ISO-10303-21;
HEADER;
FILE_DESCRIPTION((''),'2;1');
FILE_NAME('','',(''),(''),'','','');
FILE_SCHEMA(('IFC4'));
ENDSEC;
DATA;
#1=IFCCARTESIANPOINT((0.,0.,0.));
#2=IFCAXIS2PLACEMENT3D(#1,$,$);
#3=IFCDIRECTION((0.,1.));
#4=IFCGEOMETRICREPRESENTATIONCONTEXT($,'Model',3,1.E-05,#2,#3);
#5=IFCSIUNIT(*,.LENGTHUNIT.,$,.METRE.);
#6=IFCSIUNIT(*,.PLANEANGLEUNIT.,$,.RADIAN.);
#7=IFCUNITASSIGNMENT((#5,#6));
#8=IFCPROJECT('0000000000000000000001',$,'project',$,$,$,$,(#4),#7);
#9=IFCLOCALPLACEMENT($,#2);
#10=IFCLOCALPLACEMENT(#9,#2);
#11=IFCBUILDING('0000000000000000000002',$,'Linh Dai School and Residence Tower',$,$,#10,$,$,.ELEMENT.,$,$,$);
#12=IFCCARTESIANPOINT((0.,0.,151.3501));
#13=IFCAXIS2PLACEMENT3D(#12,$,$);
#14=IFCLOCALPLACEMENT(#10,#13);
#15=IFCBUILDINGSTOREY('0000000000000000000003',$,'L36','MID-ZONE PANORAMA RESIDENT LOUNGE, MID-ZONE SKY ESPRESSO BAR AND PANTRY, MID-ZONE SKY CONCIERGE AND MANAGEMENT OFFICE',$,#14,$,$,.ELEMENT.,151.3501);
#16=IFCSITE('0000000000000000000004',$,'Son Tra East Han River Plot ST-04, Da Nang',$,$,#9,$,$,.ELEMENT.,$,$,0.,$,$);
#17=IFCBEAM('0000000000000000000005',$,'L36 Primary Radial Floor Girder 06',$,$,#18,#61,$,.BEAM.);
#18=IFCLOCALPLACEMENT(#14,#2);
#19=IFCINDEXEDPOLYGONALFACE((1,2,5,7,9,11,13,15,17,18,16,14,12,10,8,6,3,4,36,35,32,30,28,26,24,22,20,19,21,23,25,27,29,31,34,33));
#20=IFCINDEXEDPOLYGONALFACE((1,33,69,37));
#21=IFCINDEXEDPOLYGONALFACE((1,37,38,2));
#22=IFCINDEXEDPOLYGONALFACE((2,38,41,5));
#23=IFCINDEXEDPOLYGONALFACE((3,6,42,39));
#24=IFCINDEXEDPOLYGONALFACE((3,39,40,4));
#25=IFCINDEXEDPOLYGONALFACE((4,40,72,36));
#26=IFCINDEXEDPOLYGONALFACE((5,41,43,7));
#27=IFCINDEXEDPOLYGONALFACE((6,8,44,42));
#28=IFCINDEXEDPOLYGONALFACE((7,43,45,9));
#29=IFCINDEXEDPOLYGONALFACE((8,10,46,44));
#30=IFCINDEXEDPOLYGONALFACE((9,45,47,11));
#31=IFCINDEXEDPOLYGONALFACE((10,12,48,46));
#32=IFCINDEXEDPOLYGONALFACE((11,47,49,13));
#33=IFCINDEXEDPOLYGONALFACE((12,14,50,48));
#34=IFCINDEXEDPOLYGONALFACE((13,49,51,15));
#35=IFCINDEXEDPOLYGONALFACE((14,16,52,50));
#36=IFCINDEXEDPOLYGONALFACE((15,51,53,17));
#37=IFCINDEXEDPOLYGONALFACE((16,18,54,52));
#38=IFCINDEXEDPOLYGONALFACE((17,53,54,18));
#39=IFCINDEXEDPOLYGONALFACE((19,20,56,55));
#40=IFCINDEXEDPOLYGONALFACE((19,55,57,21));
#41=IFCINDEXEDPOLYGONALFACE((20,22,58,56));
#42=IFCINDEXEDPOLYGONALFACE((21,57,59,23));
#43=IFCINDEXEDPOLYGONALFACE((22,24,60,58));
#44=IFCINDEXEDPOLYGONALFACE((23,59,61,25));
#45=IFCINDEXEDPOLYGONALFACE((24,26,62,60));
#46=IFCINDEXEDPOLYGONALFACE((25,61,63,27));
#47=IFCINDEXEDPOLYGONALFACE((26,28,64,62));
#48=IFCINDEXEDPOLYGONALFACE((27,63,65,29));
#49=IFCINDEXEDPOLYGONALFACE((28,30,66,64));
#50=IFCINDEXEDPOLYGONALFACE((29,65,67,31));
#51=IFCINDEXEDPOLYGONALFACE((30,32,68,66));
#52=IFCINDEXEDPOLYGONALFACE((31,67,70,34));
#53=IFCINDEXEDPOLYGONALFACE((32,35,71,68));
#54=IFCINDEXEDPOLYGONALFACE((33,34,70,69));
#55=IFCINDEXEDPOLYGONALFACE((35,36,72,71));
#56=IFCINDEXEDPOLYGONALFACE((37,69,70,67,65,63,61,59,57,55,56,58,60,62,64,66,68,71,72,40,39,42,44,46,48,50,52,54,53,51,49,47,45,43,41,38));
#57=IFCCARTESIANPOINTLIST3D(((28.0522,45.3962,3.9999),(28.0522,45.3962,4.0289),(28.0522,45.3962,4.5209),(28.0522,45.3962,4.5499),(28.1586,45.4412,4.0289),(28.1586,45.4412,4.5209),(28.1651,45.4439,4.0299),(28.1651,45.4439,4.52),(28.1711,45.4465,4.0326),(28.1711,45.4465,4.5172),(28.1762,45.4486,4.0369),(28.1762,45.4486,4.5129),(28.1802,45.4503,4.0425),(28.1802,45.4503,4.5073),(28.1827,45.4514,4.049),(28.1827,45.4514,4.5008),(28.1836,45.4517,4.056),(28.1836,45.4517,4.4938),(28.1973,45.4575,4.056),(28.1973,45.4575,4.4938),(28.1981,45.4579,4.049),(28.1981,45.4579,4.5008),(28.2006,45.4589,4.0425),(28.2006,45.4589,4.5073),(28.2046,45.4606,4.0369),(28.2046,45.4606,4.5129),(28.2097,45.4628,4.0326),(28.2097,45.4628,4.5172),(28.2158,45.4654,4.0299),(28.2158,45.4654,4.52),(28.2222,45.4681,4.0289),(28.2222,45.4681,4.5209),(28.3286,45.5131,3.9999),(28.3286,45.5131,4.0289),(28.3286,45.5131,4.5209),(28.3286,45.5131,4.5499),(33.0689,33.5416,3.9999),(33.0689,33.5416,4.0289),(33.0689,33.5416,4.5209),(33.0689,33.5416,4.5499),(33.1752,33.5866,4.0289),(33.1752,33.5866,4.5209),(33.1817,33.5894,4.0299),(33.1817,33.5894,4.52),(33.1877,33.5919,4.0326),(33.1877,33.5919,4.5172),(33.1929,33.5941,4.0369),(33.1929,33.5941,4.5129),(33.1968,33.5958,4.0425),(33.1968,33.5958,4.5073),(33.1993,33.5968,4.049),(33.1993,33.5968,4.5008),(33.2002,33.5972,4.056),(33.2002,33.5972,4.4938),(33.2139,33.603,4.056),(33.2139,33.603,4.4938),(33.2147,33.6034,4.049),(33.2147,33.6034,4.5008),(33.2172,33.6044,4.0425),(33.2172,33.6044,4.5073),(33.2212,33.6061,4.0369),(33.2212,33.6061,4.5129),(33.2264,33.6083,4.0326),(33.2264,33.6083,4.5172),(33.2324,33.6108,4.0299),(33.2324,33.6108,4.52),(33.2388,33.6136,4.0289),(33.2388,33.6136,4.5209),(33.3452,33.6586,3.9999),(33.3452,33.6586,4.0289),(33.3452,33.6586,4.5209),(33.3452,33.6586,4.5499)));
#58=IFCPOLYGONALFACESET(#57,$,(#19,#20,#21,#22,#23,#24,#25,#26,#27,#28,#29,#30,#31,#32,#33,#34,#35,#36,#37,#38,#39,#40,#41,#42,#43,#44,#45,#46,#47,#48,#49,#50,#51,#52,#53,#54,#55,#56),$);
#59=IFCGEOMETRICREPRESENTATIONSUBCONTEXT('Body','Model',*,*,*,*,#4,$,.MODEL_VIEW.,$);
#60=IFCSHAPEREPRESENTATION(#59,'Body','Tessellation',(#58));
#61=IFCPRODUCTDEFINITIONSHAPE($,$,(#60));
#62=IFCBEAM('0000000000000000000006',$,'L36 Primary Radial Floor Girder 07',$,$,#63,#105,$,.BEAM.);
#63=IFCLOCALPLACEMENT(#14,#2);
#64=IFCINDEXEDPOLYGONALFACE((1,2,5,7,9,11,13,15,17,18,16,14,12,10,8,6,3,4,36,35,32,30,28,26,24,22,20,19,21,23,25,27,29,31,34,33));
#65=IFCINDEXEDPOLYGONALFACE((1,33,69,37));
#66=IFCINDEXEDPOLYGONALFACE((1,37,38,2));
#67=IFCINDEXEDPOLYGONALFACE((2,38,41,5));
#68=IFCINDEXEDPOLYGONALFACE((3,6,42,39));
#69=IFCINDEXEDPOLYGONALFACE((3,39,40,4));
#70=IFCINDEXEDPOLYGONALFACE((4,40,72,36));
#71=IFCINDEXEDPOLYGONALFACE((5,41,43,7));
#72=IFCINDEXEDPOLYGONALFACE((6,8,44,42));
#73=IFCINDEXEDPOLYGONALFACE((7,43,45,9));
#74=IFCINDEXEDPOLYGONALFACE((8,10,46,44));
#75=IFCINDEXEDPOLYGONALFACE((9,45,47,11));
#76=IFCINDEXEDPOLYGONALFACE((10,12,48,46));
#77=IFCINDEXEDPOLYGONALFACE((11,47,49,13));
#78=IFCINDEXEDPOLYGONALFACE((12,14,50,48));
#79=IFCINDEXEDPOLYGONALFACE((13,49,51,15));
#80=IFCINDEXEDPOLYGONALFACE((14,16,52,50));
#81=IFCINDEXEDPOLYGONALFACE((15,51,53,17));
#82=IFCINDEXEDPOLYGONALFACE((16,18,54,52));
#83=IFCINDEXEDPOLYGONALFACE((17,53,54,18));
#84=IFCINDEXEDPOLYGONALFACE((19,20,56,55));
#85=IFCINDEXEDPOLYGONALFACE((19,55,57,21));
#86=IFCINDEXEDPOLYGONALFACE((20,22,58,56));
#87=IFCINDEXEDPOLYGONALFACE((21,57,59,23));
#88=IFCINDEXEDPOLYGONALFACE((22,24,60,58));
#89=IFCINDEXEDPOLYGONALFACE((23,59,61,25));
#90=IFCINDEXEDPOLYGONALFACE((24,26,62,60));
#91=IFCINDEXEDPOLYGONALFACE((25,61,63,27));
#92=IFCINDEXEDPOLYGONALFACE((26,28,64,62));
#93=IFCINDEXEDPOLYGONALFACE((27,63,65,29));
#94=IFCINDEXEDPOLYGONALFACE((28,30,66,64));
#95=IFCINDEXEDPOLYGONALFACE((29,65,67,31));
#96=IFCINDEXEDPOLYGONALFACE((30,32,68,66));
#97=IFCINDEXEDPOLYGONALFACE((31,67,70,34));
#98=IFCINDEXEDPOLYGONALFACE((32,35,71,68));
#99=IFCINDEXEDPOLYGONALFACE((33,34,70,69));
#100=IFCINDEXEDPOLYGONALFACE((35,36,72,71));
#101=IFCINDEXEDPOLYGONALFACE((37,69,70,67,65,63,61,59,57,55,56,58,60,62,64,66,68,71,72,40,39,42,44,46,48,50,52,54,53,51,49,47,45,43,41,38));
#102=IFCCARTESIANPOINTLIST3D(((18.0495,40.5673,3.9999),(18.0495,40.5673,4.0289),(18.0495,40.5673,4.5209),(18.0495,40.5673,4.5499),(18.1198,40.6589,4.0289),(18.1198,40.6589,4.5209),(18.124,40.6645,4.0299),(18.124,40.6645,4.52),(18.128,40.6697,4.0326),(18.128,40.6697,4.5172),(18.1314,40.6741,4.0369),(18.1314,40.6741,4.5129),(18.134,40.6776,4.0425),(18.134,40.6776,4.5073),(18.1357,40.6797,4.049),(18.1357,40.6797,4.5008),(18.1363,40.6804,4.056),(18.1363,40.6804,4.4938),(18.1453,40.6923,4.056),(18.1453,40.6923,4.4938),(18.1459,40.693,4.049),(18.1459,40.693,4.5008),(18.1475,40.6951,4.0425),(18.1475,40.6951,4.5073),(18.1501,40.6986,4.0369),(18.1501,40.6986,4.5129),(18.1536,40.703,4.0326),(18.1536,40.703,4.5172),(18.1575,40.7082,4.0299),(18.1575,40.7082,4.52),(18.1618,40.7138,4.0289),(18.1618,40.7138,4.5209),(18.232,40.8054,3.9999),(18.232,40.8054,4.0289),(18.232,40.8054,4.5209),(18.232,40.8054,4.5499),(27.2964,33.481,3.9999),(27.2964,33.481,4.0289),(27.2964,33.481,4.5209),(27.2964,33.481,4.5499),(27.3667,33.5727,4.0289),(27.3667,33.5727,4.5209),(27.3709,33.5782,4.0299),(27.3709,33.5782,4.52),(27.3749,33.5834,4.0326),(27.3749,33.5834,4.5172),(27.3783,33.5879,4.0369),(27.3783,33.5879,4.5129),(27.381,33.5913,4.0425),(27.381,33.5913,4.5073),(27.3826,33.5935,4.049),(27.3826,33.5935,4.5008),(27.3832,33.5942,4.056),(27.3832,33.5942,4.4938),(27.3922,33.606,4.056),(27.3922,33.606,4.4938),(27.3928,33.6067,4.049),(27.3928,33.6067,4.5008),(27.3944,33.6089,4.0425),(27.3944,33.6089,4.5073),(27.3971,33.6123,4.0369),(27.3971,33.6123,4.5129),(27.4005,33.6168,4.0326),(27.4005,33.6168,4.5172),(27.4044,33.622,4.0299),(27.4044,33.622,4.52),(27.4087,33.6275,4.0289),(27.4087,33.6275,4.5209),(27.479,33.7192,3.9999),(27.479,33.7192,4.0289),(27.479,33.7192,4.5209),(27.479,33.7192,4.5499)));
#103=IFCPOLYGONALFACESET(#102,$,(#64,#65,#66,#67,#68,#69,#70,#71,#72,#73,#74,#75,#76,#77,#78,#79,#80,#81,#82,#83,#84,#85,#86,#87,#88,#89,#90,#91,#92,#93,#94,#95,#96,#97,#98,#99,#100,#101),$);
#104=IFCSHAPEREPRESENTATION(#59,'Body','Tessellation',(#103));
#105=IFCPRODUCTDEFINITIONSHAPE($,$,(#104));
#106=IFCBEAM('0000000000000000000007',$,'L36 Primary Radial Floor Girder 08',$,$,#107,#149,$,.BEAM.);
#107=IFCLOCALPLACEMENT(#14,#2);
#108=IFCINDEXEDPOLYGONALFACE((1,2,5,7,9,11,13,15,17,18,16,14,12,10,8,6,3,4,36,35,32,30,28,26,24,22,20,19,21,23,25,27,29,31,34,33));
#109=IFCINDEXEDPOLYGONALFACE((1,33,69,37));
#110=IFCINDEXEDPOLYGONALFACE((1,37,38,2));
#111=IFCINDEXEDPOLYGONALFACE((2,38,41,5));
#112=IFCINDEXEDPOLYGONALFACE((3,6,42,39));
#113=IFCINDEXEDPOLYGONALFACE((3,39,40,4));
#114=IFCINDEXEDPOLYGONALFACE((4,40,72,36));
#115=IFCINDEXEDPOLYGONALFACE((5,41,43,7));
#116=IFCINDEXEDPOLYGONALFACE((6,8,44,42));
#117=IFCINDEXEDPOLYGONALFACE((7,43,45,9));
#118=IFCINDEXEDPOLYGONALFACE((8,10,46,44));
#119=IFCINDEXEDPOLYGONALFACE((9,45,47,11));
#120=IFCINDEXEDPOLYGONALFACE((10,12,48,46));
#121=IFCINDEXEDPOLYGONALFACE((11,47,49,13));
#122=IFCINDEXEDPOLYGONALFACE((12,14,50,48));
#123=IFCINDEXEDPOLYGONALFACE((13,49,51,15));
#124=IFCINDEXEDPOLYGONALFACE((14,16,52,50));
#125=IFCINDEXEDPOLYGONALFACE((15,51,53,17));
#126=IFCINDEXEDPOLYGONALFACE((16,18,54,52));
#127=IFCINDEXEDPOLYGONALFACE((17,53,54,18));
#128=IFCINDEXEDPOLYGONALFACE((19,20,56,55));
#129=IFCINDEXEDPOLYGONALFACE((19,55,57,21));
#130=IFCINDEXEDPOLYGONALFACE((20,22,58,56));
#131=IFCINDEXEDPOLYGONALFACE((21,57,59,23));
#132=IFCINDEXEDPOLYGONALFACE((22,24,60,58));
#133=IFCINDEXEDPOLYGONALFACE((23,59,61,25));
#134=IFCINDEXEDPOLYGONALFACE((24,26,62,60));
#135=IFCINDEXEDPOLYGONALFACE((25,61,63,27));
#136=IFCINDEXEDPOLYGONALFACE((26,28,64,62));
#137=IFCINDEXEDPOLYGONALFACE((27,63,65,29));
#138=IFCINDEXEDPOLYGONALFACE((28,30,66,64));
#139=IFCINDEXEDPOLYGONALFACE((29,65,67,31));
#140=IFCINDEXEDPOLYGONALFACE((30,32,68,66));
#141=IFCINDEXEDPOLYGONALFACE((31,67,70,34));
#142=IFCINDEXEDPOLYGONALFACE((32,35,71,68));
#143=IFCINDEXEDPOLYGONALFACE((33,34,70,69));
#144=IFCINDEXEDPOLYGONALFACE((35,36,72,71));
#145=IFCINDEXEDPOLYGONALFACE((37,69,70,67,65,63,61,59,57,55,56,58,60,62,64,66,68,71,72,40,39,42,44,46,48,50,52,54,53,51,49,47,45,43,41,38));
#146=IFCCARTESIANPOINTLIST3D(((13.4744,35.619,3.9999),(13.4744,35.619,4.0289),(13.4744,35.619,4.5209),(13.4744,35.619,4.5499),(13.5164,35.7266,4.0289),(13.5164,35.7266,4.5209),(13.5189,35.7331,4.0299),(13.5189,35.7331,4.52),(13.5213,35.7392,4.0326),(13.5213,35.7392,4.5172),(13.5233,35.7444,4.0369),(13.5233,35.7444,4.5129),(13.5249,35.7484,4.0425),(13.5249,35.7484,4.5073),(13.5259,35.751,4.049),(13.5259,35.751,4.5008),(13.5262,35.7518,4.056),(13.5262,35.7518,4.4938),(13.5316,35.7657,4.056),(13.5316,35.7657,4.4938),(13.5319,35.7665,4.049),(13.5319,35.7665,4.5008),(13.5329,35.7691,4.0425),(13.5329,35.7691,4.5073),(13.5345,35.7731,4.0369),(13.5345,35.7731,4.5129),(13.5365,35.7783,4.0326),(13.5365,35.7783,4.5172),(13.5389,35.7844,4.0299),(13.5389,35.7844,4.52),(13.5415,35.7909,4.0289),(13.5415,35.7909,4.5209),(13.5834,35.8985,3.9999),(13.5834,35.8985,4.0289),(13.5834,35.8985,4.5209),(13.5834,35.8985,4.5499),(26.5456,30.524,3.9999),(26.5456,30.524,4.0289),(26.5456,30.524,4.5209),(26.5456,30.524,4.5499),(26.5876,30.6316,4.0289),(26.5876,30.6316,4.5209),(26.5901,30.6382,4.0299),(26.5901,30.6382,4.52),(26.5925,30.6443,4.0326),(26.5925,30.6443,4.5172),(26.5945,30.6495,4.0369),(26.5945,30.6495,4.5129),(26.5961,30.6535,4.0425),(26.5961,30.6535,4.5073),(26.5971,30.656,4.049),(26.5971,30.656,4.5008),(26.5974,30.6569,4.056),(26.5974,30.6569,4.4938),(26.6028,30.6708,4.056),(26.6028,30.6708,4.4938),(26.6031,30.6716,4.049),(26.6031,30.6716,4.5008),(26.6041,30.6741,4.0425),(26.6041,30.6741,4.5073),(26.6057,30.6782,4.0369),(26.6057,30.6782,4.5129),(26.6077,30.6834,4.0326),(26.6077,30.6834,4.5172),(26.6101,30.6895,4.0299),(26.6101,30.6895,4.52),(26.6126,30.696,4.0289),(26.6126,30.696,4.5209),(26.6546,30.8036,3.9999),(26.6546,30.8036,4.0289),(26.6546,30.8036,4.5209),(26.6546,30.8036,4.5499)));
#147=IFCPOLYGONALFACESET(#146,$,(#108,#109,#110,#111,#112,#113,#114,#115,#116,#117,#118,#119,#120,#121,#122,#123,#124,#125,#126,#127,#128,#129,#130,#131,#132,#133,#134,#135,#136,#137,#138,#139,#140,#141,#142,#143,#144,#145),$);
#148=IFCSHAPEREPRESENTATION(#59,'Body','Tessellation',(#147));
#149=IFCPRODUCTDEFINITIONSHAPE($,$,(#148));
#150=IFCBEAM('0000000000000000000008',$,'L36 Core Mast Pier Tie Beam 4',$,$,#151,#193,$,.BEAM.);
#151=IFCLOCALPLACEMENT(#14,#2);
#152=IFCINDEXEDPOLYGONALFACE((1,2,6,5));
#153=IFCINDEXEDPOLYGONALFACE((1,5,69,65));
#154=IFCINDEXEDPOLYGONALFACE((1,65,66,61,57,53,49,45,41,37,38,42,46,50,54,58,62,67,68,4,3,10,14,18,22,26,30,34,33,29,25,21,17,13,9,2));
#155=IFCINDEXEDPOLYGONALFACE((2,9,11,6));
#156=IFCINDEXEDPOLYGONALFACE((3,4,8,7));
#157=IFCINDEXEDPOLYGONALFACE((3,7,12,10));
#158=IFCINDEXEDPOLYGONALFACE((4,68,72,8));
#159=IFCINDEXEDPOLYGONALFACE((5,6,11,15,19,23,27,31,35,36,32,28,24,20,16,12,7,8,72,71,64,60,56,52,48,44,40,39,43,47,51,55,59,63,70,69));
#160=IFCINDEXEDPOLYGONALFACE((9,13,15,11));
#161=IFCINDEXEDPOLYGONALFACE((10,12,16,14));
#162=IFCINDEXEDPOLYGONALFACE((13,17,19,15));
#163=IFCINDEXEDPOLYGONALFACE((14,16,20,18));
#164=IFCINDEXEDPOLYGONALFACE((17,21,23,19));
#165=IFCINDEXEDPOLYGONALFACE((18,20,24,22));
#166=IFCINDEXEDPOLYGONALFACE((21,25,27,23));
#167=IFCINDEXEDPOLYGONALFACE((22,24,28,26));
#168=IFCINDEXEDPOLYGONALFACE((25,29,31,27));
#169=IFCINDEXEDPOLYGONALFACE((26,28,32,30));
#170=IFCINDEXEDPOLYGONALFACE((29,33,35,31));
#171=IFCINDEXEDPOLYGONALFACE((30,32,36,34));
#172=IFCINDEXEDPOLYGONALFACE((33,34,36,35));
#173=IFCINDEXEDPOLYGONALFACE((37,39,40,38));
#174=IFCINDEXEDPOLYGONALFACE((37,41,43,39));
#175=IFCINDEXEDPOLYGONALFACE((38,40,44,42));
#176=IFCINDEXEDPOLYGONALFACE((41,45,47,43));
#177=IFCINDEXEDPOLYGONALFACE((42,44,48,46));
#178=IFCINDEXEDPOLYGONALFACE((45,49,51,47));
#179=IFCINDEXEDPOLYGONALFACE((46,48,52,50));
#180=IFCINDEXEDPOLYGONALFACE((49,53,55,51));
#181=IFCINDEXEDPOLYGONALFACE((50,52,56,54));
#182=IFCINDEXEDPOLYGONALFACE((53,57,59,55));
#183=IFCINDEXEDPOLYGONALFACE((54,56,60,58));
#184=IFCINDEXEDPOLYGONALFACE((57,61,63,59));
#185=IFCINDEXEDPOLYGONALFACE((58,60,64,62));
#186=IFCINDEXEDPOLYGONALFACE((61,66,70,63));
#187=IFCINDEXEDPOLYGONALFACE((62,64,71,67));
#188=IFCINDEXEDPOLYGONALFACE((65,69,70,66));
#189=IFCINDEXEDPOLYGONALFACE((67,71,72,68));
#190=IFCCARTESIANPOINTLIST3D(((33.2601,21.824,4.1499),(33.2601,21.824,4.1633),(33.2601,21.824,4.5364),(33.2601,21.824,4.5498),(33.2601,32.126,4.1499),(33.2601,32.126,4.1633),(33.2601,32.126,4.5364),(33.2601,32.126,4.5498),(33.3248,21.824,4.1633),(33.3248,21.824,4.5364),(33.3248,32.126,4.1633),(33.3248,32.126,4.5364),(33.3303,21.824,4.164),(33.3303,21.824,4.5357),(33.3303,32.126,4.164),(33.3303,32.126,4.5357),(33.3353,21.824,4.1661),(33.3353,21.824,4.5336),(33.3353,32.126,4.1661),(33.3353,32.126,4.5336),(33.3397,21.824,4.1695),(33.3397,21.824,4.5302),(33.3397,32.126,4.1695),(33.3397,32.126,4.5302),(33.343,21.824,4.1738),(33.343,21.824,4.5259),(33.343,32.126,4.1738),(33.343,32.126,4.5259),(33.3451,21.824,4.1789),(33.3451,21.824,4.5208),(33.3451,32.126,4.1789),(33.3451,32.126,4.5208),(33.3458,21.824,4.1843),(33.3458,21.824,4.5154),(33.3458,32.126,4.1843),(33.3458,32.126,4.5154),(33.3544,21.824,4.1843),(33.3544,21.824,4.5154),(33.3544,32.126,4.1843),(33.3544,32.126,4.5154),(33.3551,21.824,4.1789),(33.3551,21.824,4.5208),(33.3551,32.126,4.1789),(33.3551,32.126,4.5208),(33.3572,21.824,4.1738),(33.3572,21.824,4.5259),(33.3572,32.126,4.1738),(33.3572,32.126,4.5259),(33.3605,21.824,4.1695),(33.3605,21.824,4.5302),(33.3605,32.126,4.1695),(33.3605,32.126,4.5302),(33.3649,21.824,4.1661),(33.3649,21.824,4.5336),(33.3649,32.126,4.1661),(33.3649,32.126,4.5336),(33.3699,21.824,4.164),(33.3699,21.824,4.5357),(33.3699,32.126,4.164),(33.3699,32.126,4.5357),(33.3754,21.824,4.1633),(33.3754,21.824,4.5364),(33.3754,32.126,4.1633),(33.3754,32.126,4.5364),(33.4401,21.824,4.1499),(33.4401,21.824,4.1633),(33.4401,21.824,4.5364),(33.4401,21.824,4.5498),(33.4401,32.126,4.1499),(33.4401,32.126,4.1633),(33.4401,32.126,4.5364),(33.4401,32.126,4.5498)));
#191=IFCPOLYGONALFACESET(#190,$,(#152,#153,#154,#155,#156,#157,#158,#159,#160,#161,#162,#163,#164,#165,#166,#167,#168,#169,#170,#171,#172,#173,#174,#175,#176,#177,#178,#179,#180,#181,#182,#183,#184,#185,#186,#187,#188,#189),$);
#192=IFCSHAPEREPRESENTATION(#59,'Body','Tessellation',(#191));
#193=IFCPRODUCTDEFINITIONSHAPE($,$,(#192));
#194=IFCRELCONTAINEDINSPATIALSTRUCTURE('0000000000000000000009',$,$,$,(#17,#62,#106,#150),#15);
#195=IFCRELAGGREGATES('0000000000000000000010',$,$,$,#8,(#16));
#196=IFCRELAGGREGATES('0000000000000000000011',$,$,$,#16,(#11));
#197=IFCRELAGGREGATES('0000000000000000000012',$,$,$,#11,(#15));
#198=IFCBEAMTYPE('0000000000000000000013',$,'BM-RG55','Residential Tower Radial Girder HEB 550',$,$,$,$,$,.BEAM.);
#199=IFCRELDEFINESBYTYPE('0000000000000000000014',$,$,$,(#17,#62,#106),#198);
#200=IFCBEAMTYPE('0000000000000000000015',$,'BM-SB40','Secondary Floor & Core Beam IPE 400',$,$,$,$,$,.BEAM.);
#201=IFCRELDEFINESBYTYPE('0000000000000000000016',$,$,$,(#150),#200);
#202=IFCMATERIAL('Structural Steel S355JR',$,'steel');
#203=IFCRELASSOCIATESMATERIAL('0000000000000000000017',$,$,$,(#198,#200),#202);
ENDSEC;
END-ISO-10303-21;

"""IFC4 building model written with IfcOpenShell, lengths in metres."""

from ifc_helpers import new_model, si_unit, direction, frame, origin, origin_2d, place, context, subcontext, project, spatial, i_section, extrude, material, material_profile, profile_set, type_object, element, save


model = new_model("IFC4")

# Units and contexts
model_context = context("Model", 3, precision=1e-05, world=origin(), true_north=direction((0.0, 1.0)))
body_context = subcontext(model_context, "Body", "Model", "MODEL_VIEW")
ifc_project = project(units=[si_unit("LENGTHUNIT", "METRE"), si_unit("PLANEANGLEUNIT", "RADIAN")], contexts=[model_context])

# Site, building, storey
site_placement = place(None, origin())
site = spatial("IfcSite", under=ifc_project, at=site_placement, Name="Son Tra East Han River Plot ST-04, Da Nang", CompositionType="ELEMENT", RefElevation=0.0)
building_placement = place(site_placement, origin())
building = spatial("IfcBuilding", under=site, at=building_placement, Name="Linh Dai School and Residence Tower", CompositionType="ELEMENT")
storey_placement = place(building_placement, frame((0.0, 0.0, 151.3501)))
storey = spatial("IfcBuildingStorey", under=building, at=storey_placement, Name="L36", Description="MID-ZONE PANORAMA RESIDENT LOUNGE, MID-ZONE SKY ESPRESSO BAR AND PANTRY, MID-ZONE SKY CONCIERGE AND MANAGEMENT OFFICE", CompositionType="ELEMENT", Elevation=151.3501)

# Shared definitions
ifc_material_1 = material(Name="Structural Steel S355JR", Category="steel")

# Beams
ifc_material_profile_1 = material_profile(ifc_material_1, i_section(OverallWidth=0.3, OverallDepth=0.55, WebThickness=0.0149, FlangeThickness=0.0291, FilletRadius=0.0271, at=origin_2d()), Name="HEB 550")
ifc_profile_set_1 = profile_set([ifc_material_profile_1], Name="Structural Steel S355JR")
beam_type_1 = type_object("IfcBeamType", Name="BM-RG55", Description="Residential Tower Radial Girder HEB 550", PredefinedType="BEAM", material=ifc_profile_set_1)
beam_1_placement = place(storey_placement, frame((33.207, 33.6001, 4.2749), z_axis=(-0.389722, 0.920933, 0.0), x_axis=(-0.920933, -0.389722, 0.0)))
element("IfcBeam", 1, at=beam_1_placement, inside=storey, type_object=beam_type_1, Name="L36 Primary Radial Floor Girder 06", PredefinedType="BEAM", context=body_context, shape_type="SweptSolid", body=[
    extrude(i_section(OverallWidth=0.3, OverallDepth=0.55, WebThickness=0.0149, FlangeThickness=0.0291, FilletRadius=0.0271, at=origin_2d()), origin(), (0.0, 0.0, 1.0), 12.8723),
])
beam_2_placement = place(storey_placement, frame((27.3877, 33.6001, 4.2749), z_axis=(-0.793733, 0.608267, 0.0), x_axis=(-0.608267, -0.793733, 0.0)))
element("IfcBeam", 2, at=beam_2_placement, inside=storey, type_object=beam_type_1, Name="L36 Primary Radial Floor Girder 07", PredefinedType="BEAM", context=body_context, shape_type="SweptSolid", body=[
    extrude(i_section(OverallWidth=0.3, OverallDepth=0.55, WebThickness=0.0149, FlangeThickness=0.0291, FilletRadius=0.0271, at=origin_2d()), origin(), (0.0, 0.0, 1.0), 11.6499),
])
beam_3_placement = place(storey_placement, frame((26.6001, 30.6638, 4.2749), z_axis=(-0.931723, 0.36317, 0.0), x_axis=(-0.36317, -0.931723, 0.0)))
element("IfcBeam", 3, at=beam_3_placement, inside=storey, type_object=beam_type_1, Name="L36 Primary Radial Floor Girder 08", PredefinedType="BEAM", context=body_context, shape_type="SweptSolid", body=[
    extrude(i_section(OverallWidth=0.3, OverallDepth=0.55, WebThickness=0.0149, FlangeThickness=0.0291, FilletRadius=0.0271, at=origin_2d()), origin(), (0.0, 0.0, 1.0), 14.0291),
])
ifc_material_profile_2 = material_profile(ifc_material_1, i_section(OverallWidth=0.1799, OverallDepth=0.3999, WebThickness=0.0085, FlangeThickness=0.0134, FilletRadius=0.021, at=origin_2d()), Name="IPE 400")
ifc_profile_set_2 = profile_set([ifc_material_profile_2], Name="Structural Steel S355JR")
beam_type_2 = type_object("IfcBeamType", Name="BM-SB40", Description="Secondary Floor & Core Beam IPE 400", PredefinedType="BEAM", material=ifc_profile_set_2)
beam_4_placement = place(storey_placement, frame((33.3501, 32.126, 4.3499), z_axis=(0.0, -1.0, 0.0), x_axis=(1.0, 0.0, 0.0)))
element("IfcBeam", 4, at=beam_4_placement, inside=storey, type_object=beam_type_2, Name="L36 Core Mast Pier Tie Beam 4", PredefinedType="BEAM", context=body_context, shape_type="SweptSolid", body=[
    extrude(i_section(OverallWidth=0.1799, OverallDepth=0.3999, WebThickness=0.0085, FlangeThickness=0.0134, FilletRadius=0.021, at=origin_2d()), origin(), (0.0, 0.0, 1.0), 10.302),
])

save(model, "model.ifc")
